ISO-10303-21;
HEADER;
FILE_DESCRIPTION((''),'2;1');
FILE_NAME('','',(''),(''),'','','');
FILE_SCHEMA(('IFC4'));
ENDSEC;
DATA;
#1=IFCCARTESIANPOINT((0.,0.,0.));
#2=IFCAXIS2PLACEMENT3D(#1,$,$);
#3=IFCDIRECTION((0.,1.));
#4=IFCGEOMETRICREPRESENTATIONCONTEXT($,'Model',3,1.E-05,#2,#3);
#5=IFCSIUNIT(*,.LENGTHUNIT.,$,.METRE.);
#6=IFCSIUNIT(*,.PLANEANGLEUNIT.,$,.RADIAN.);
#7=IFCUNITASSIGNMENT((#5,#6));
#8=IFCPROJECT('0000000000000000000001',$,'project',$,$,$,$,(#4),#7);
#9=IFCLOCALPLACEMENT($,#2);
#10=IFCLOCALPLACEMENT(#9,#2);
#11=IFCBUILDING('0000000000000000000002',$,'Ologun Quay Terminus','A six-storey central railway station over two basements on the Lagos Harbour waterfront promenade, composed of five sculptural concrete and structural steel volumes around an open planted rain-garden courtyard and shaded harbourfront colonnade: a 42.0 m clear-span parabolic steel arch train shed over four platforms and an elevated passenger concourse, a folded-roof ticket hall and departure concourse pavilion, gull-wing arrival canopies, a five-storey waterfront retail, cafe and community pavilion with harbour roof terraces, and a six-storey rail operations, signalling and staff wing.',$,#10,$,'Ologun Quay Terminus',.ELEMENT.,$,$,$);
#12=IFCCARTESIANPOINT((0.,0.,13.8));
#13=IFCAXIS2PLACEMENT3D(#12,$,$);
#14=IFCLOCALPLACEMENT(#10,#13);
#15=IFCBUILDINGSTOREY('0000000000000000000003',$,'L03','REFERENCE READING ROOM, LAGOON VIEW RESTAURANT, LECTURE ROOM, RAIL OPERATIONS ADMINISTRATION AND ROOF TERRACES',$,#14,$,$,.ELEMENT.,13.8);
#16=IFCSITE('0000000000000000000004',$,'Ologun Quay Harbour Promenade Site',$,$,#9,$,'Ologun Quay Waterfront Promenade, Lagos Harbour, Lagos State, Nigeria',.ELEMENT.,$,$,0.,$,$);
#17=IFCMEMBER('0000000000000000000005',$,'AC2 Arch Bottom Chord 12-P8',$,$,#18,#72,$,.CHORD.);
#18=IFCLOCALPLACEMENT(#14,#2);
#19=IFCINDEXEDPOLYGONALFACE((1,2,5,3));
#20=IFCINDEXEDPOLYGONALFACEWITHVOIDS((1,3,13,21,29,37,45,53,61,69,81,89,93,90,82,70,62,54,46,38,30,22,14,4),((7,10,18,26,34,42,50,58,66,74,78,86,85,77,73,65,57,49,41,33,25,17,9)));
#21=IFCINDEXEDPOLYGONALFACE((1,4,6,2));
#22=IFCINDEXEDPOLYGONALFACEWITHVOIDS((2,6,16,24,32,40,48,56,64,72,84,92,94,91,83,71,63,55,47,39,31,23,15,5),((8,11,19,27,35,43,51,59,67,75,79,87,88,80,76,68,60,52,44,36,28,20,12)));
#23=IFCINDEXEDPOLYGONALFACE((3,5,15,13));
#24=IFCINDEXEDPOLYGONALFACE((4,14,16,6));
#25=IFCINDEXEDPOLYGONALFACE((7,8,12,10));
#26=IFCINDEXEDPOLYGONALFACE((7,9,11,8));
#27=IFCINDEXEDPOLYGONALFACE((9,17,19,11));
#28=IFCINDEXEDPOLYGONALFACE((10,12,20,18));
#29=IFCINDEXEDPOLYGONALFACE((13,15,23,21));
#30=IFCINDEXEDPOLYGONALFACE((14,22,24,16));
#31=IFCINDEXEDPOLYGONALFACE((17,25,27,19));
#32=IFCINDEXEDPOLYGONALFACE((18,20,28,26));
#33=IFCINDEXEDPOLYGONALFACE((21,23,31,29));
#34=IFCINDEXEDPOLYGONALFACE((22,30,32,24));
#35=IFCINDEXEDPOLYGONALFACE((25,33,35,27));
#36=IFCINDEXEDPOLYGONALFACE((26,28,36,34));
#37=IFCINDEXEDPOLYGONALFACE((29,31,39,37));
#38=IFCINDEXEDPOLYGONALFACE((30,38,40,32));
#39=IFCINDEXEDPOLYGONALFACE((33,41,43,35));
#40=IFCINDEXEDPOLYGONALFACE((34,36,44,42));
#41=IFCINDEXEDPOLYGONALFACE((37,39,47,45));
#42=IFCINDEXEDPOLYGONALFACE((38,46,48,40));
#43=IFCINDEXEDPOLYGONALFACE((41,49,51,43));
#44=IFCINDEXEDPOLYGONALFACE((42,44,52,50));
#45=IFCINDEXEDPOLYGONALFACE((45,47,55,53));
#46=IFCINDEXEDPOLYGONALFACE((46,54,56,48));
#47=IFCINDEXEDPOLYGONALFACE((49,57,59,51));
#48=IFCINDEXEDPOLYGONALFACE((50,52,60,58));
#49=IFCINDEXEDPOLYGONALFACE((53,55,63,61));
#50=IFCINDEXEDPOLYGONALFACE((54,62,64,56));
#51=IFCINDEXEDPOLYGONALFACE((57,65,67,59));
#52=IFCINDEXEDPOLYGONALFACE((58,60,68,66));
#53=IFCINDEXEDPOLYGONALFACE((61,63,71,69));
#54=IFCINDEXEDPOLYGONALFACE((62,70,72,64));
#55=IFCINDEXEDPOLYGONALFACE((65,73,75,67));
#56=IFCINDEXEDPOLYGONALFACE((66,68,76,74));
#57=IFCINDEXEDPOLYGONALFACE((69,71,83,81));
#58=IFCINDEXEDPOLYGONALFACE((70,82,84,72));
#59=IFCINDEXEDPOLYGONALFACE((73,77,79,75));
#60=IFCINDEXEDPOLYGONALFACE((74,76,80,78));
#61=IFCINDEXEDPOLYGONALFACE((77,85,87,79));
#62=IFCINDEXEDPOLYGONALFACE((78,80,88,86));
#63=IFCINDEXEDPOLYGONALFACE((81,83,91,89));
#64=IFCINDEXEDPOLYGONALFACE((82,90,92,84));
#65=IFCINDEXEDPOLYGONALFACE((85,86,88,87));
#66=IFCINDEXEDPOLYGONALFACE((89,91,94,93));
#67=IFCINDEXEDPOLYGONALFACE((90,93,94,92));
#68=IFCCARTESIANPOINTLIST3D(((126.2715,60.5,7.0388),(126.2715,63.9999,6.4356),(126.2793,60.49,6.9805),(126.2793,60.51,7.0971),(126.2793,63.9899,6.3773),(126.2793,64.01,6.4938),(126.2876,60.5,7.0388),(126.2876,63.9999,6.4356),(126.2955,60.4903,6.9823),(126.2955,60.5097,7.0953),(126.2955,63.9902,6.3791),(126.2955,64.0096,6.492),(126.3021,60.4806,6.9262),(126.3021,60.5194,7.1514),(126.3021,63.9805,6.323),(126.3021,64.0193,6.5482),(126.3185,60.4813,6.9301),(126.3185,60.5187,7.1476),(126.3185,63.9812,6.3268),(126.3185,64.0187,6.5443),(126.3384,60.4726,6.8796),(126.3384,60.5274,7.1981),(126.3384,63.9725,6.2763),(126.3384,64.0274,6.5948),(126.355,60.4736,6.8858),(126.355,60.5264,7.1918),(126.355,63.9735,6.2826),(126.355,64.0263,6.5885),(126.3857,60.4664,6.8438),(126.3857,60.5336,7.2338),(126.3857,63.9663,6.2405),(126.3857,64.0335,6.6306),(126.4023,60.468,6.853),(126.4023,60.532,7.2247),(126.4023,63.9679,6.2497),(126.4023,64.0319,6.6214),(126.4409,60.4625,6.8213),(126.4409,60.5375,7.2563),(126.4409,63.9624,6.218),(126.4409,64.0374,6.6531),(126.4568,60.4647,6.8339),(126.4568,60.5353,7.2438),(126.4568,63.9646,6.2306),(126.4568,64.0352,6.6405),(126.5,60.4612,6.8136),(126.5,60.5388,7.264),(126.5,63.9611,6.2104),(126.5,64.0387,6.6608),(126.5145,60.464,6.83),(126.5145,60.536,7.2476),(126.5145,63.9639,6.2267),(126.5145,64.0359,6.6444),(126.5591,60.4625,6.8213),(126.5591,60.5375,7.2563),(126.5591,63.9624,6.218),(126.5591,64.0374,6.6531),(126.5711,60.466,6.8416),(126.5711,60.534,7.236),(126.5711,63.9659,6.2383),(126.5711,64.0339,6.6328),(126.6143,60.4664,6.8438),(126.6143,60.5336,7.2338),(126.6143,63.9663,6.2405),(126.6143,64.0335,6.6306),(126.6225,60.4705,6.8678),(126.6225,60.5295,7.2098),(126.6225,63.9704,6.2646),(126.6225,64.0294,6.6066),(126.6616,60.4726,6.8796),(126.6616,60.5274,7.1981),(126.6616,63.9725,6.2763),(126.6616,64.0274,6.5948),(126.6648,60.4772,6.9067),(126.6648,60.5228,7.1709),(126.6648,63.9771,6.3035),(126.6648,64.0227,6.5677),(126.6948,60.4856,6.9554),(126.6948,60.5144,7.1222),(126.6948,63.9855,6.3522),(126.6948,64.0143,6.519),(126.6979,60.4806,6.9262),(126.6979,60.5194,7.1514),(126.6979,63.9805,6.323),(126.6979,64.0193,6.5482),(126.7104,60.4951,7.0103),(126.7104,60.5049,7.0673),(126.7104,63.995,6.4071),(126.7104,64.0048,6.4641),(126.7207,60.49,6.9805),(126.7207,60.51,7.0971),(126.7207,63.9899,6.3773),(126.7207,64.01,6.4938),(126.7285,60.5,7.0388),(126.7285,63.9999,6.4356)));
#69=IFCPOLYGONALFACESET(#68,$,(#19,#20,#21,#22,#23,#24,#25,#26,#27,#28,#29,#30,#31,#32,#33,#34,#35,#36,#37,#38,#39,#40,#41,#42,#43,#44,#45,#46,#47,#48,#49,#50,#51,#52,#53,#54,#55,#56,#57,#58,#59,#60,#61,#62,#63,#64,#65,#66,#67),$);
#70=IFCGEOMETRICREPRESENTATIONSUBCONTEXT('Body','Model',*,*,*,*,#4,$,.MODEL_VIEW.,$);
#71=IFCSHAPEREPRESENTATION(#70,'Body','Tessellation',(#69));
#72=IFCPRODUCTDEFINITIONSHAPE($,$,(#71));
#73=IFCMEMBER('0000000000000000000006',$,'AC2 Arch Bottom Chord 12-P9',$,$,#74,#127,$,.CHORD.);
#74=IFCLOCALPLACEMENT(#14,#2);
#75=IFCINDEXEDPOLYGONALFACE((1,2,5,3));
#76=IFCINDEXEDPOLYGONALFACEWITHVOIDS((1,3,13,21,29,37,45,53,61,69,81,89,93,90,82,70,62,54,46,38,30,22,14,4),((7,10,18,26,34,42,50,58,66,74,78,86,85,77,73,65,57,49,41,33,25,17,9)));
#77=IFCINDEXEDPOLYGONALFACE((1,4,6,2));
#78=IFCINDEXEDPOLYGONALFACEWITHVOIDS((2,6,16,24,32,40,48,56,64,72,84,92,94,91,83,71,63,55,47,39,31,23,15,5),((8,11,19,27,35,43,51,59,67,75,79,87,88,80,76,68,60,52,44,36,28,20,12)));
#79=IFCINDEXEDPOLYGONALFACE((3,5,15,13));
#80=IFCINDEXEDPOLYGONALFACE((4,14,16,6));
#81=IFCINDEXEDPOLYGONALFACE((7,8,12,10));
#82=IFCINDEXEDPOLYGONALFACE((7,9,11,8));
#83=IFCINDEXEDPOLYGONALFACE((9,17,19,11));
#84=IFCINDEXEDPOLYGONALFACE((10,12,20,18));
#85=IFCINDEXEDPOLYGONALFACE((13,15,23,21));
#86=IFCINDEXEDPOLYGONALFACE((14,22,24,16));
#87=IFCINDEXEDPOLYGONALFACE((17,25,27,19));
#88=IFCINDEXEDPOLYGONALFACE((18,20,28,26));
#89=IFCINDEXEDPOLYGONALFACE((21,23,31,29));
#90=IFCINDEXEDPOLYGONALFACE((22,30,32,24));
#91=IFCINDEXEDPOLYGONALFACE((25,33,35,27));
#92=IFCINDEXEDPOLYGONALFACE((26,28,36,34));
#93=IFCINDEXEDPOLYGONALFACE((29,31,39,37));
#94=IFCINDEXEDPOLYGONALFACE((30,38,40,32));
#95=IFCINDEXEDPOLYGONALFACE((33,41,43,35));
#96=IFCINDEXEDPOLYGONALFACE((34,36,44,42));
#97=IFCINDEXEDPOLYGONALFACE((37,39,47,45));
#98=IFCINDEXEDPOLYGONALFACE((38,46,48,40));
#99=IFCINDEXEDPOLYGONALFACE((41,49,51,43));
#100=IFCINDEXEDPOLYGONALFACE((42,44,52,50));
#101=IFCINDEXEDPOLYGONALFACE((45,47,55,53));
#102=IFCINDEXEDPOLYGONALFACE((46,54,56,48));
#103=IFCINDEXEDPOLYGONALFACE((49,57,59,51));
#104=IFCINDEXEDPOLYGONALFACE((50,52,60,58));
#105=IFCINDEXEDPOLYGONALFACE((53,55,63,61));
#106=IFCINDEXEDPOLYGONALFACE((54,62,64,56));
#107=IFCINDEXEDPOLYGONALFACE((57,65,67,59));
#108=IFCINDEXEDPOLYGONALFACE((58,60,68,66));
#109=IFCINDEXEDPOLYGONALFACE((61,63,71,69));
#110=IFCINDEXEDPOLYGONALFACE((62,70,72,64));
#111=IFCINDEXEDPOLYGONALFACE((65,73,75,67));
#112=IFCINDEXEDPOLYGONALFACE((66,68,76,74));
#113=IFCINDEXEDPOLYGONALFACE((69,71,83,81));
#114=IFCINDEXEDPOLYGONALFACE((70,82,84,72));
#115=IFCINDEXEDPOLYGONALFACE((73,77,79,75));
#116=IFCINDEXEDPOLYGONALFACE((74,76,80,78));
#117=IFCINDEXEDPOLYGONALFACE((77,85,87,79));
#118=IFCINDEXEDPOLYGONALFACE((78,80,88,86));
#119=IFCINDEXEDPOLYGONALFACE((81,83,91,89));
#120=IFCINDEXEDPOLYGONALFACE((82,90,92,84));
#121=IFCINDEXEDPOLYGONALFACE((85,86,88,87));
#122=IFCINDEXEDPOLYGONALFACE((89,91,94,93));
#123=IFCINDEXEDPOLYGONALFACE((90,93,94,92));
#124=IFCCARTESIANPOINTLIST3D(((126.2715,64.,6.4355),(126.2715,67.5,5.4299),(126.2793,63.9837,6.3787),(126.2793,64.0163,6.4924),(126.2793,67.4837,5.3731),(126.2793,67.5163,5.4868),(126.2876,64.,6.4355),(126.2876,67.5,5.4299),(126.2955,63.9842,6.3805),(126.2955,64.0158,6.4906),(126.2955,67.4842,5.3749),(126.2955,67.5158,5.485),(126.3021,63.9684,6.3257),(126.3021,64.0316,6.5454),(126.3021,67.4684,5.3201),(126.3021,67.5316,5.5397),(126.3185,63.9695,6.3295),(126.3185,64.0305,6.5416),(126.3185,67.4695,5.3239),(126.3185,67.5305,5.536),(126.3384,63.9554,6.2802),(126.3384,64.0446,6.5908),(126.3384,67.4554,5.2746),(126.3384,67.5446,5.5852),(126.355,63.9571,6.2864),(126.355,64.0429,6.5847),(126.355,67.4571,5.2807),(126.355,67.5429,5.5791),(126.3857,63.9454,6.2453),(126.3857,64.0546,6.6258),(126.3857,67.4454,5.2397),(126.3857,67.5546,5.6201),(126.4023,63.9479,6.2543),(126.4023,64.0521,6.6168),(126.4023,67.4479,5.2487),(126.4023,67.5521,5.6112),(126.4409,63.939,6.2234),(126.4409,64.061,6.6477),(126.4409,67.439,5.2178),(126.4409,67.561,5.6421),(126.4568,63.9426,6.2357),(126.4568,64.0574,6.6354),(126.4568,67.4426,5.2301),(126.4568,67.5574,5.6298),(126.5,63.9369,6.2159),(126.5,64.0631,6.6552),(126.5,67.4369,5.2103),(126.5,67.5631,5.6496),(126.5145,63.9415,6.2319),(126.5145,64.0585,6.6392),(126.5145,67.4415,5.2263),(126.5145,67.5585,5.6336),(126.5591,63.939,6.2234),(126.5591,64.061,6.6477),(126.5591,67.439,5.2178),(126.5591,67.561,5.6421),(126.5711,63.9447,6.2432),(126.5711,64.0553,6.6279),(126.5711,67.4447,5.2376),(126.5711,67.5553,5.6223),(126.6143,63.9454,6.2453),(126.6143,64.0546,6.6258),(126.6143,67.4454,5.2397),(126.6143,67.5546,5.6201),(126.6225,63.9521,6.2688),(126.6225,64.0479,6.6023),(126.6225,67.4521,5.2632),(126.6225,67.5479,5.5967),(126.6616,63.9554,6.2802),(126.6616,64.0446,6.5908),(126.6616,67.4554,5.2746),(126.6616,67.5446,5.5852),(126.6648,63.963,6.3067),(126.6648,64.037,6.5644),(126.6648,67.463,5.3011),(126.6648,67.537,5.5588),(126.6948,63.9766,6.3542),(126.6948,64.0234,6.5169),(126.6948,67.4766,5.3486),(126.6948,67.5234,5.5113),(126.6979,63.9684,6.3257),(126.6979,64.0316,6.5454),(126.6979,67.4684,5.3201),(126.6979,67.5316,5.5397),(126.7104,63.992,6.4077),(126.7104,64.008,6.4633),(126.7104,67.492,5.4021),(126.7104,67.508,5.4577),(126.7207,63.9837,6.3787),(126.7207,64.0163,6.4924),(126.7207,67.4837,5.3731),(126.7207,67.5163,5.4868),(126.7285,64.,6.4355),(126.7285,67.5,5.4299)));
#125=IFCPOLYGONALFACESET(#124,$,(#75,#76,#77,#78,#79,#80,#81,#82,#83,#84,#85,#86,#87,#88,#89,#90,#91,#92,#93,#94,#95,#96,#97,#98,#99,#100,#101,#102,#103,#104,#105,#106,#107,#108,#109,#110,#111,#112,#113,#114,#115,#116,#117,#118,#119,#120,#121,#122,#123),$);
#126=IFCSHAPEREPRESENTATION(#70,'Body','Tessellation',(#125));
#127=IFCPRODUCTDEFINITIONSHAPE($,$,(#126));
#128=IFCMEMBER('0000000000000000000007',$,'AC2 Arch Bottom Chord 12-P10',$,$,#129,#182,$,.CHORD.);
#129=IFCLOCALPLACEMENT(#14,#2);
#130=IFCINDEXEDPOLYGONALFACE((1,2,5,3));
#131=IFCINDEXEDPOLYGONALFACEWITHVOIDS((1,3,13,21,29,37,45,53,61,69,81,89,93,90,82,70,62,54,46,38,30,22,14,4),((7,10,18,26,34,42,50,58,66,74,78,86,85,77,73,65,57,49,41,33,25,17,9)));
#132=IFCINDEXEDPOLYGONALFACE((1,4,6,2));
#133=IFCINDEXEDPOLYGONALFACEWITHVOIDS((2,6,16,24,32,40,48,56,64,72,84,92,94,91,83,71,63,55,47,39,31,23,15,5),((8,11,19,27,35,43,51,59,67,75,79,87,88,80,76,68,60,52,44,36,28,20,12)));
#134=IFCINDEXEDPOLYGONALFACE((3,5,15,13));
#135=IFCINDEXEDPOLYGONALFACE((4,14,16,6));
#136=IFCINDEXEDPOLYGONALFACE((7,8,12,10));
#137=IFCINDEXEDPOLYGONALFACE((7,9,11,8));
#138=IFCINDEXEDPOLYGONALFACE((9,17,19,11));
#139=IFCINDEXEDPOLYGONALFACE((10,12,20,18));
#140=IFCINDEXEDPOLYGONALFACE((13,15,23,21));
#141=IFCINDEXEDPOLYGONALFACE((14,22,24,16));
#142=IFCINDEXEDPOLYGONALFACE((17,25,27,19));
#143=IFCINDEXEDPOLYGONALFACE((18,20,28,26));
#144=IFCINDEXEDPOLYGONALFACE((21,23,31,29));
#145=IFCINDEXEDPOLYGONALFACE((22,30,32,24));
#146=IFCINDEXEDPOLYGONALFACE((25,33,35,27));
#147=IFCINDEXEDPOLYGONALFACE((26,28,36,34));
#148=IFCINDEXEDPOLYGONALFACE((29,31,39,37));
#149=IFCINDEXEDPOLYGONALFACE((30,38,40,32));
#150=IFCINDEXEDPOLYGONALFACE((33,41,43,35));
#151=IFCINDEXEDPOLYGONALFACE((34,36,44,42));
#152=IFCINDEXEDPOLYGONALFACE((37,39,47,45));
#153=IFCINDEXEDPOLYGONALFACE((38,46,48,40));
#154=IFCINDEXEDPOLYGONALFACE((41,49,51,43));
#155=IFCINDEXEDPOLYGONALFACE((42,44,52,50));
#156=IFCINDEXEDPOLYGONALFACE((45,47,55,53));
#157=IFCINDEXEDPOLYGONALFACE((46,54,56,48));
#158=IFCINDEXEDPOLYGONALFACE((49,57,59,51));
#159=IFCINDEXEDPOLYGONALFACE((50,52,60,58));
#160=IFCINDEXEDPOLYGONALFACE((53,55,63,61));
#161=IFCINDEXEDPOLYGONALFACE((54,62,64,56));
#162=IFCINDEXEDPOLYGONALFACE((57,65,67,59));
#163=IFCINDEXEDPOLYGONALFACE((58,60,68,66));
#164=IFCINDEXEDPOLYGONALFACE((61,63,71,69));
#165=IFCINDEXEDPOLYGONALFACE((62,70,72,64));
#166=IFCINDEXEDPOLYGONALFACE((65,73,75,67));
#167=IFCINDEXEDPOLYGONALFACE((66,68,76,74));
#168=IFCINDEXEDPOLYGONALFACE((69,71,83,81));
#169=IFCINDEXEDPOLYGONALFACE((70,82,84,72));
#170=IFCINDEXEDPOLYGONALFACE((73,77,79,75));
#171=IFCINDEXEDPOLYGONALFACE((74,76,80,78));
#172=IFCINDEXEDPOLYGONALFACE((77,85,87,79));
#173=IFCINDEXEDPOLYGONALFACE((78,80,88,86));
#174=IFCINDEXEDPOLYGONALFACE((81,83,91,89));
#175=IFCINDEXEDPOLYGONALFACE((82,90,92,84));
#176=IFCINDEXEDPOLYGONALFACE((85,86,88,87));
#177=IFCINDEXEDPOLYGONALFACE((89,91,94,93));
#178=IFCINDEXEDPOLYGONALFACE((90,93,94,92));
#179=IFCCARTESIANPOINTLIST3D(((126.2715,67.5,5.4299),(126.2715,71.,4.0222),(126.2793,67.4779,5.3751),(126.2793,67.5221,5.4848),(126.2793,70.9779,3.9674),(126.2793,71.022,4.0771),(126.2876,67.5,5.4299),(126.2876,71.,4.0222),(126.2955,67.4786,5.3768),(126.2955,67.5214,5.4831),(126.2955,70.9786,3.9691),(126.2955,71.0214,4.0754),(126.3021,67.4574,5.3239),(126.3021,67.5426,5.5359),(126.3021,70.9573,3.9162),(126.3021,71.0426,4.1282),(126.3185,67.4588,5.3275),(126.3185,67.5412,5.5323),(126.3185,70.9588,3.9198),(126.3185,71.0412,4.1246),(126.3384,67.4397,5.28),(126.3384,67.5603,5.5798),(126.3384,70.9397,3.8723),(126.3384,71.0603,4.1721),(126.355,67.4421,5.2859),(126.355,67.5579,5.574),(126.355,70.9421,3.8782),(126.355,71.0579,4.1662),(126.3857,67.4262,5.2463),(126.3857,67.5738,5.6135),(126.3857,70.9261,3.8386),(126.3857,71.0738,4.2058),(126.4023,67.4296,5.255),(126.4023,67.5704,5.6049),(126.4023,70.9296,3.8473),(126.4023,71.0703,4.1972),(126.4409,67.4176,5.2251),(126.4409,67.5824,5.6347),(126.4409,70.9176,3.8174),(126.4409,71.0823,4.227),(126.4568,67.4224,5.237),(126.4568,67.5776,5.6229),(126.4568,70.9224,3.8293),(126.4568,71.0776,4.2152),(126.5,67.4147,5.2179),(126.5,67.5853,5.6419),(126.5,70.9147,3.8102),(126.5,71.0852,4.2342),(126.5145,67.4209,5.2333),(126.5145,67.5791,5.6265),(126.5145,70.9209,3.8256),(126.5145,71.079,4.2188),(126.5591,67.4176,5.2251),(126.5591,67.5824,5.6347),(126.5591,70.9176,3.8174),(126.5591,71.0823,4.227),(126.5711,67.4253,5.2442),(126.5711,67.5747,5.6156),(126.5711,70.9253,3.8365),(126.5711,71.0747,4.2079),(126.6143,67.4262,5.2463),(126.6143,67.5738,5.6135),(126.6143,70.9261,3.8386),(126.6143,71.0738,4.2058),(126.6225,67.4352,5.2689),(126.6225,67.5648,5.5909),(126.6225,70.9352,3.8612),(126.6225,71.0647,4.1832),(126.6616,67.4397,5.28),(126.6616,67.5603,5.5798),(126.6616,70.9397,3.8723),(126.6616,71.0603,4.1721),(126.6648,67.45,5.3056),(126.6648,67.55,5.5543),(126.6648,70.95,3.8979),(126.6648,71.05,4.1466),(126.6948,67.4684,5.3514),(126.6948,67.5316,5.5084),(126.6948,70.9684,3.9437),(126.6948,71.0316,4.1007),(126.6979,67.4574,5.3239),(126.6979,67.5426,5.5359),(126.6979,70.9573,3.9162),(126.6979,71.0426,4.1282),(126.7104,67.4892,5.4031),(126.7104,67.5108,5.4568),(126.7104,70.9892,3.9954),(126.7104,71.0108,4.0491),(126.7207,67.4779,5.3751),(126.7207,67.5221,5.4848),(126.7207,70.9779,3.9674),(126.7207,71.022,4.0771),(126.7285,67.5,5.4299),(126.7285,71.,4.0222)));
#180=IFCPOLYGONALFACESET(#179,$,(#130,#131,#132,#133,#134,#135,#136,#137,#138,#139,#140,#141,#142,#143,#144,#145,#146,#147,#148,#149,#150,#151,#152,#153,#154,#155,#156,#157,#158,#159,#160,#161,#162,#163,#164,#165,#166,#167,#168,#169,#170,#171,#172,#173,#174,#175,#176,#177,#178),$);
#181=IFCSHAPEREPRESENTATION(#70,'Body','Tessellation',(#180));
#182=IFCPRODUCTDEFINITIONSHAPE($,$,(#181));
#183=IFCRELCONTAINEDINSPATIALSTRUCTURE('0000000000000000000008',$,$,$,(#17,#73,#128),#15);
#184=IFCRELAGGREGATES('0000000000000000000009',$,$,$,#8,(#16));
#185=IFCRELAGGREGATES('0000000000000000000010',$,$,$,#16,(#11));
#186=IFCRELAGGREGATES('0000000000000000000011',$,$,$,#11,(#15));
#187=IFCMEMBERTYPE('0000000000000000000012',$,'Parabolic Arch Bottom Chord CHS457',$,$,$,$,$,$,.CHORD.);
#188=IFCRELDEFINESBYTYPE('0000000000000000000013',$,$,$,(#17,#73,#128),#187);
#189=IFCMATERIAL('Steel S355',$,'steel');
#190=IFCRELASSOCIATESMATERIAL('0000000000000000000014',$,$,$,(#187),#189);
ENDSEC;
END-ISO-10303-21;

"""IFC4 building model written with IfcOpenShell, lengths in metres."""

from ifc_helpers import new_model, si_unit, direction, frame, origin, origin_2d, place, context, subcontext, project, spatial, hollow_circle, extrude, material, material_profile, profile_set, type_object, element, save


model = new_model("IFC4")

# Units and contexts
model_context = context("Model", 3, precision=1e-05, world=origin(), true_north=direction((0.0, 1.0)))
body_context = subcontext(model_context, "Body", "Model", "MODEL_VIEW")
ifc_project = project(units=[si_unit("LENGTHUNIT", "METRE"), si_unit("PLANEANGLEUNIT", "RADIAN")], contexts=[model_context])

# Site, building, storey
site_placement = place(None, origin())
site = spatial("IfcSite", under=ifc_project, at=site_placement, Name="Ologun Quay Harbour Promenade Site", LongName="Ologun Quay Waterfront Promenade, Lagos Harbour, Lagos State, Nigeria", CompositionType="ELEMENT", RefElevation=0.0)
building_placement = place(site_placement, origin())
building = spatial("IfcBuilding", under=site, at=building_placement, Name="Ologun Quay Terminus", Description="A six-storey central railway station over two basements on the Lagos Harbour waterfront promenade, composed of five sculptural concrete and structural steel volumes around an open planted rain-garden courtyard and shaded harbourfront colonnade: a 42.0 m clear-span parabolic steel arch train shed over four platforms and an elevated passenger concourse, a folded-roof ticket hall and departure concourse pavilion, gull-wing arrival canopies, a five-storey waterfront retail, cafe and community pavilion with harbour roof terraces, and a six-storey rail operations, signalling and staff wing.", LongName="Ologun Quay Terminus", CompositionType="ELEMENT")
storey_placement = place(building_placement, frame((0.0, 0.0, 13.8)))
storey = spatial("IfcBuildingStorey", under=building, at=storey_placement, Name="L03", Description="REFERENCE READING ROOM, LAGOON VIEW RESTAURANT, LECTURE ROOM, RAIL OPERATIONS ADMINISTRATION AND ROOF TERRACES", CompositionType="ELEMENT", Elevation=13.8)

# Members
ifc_material_1 = material(Name="Steel S355", Category="steel")
ifc_material_profile_1 = material_profile(ifc_material_1, hollow_circle(Radius=0.2285, WallThickness=0.0161, at=origin_2d()), Name="CHS 457x16")
ifc_profile_set_1 = profile_set([ifc_material_profile_1], Name="Steel S355")
member_type_1 = type_object("IfcMemberType", Name="Parabolic Arch Bottom Chord CHS457", PredefinedType="CHORD", material=ifc_profile_set_1)
member_1_placement = place(storey_placement, frame((126.5, 60.5, 7.0388), z_axis=(0.0, 0.985468, -0.169859), x_axis=(-1.0, 0.0, 0.0)))
element("IfcMember", 1, at=member_1_placement, inside=storey, type_object=member_type_1, Name="AC2 Arch Bottom Chord 12-P8", PredefinedType="CHORD", context=body_context, shape_type="SweptSolid", body=[
    extrude(hollow_circle(Radius=0.2285, WallThickness=0.0161, at=origin_2d()), origin(), (0.0, 0.0, 1.0), 3.5515),
])
member_2_placement = place(storey_placement, frame((126.5, 64.0, 6.4355), z_axis=(0.0, 0.961116, -0.276146), x_axis=(-1.0, 0.0, 0.0)))
element("IfcMember", 2, at=member_2_placement, inside=storey, type_object=member_type_1, Name="AC2 Arch Bottom Chord 12-P9", PredefinedType="CHORD", context=body_context, shape_type="SweptSolid", body=[
    extrude(hollow_circle(Radius=0.2285, WallThickness=0.0161, at=origin_2d()), origin(), (0.0, 0.0, 1.0), 3.6416),
])
member_3_placement = place(storey_placement, frame((126.5, 67.5, 5.4299), z_axis=(0.0, 0.92777, -0.373153), x_axis=(-1.0, 0.0, 0.0)))
element("IfcMember", 3, at=member_3_placement, inside=storey, type_object=member_type_1, Name="AC2 Arch Bottom Chord 12-P10", PredefinedType="CHORD", context=body_context, shape_type="SweptSolid", body=[
    extrude(hollow_circle(Radius=0.2285, WallThickness=0.0161, at=origin_2d()), origin(), (0.0, 0.0, 1.0), 3.7725),
])

save(model, "model.ifc")
